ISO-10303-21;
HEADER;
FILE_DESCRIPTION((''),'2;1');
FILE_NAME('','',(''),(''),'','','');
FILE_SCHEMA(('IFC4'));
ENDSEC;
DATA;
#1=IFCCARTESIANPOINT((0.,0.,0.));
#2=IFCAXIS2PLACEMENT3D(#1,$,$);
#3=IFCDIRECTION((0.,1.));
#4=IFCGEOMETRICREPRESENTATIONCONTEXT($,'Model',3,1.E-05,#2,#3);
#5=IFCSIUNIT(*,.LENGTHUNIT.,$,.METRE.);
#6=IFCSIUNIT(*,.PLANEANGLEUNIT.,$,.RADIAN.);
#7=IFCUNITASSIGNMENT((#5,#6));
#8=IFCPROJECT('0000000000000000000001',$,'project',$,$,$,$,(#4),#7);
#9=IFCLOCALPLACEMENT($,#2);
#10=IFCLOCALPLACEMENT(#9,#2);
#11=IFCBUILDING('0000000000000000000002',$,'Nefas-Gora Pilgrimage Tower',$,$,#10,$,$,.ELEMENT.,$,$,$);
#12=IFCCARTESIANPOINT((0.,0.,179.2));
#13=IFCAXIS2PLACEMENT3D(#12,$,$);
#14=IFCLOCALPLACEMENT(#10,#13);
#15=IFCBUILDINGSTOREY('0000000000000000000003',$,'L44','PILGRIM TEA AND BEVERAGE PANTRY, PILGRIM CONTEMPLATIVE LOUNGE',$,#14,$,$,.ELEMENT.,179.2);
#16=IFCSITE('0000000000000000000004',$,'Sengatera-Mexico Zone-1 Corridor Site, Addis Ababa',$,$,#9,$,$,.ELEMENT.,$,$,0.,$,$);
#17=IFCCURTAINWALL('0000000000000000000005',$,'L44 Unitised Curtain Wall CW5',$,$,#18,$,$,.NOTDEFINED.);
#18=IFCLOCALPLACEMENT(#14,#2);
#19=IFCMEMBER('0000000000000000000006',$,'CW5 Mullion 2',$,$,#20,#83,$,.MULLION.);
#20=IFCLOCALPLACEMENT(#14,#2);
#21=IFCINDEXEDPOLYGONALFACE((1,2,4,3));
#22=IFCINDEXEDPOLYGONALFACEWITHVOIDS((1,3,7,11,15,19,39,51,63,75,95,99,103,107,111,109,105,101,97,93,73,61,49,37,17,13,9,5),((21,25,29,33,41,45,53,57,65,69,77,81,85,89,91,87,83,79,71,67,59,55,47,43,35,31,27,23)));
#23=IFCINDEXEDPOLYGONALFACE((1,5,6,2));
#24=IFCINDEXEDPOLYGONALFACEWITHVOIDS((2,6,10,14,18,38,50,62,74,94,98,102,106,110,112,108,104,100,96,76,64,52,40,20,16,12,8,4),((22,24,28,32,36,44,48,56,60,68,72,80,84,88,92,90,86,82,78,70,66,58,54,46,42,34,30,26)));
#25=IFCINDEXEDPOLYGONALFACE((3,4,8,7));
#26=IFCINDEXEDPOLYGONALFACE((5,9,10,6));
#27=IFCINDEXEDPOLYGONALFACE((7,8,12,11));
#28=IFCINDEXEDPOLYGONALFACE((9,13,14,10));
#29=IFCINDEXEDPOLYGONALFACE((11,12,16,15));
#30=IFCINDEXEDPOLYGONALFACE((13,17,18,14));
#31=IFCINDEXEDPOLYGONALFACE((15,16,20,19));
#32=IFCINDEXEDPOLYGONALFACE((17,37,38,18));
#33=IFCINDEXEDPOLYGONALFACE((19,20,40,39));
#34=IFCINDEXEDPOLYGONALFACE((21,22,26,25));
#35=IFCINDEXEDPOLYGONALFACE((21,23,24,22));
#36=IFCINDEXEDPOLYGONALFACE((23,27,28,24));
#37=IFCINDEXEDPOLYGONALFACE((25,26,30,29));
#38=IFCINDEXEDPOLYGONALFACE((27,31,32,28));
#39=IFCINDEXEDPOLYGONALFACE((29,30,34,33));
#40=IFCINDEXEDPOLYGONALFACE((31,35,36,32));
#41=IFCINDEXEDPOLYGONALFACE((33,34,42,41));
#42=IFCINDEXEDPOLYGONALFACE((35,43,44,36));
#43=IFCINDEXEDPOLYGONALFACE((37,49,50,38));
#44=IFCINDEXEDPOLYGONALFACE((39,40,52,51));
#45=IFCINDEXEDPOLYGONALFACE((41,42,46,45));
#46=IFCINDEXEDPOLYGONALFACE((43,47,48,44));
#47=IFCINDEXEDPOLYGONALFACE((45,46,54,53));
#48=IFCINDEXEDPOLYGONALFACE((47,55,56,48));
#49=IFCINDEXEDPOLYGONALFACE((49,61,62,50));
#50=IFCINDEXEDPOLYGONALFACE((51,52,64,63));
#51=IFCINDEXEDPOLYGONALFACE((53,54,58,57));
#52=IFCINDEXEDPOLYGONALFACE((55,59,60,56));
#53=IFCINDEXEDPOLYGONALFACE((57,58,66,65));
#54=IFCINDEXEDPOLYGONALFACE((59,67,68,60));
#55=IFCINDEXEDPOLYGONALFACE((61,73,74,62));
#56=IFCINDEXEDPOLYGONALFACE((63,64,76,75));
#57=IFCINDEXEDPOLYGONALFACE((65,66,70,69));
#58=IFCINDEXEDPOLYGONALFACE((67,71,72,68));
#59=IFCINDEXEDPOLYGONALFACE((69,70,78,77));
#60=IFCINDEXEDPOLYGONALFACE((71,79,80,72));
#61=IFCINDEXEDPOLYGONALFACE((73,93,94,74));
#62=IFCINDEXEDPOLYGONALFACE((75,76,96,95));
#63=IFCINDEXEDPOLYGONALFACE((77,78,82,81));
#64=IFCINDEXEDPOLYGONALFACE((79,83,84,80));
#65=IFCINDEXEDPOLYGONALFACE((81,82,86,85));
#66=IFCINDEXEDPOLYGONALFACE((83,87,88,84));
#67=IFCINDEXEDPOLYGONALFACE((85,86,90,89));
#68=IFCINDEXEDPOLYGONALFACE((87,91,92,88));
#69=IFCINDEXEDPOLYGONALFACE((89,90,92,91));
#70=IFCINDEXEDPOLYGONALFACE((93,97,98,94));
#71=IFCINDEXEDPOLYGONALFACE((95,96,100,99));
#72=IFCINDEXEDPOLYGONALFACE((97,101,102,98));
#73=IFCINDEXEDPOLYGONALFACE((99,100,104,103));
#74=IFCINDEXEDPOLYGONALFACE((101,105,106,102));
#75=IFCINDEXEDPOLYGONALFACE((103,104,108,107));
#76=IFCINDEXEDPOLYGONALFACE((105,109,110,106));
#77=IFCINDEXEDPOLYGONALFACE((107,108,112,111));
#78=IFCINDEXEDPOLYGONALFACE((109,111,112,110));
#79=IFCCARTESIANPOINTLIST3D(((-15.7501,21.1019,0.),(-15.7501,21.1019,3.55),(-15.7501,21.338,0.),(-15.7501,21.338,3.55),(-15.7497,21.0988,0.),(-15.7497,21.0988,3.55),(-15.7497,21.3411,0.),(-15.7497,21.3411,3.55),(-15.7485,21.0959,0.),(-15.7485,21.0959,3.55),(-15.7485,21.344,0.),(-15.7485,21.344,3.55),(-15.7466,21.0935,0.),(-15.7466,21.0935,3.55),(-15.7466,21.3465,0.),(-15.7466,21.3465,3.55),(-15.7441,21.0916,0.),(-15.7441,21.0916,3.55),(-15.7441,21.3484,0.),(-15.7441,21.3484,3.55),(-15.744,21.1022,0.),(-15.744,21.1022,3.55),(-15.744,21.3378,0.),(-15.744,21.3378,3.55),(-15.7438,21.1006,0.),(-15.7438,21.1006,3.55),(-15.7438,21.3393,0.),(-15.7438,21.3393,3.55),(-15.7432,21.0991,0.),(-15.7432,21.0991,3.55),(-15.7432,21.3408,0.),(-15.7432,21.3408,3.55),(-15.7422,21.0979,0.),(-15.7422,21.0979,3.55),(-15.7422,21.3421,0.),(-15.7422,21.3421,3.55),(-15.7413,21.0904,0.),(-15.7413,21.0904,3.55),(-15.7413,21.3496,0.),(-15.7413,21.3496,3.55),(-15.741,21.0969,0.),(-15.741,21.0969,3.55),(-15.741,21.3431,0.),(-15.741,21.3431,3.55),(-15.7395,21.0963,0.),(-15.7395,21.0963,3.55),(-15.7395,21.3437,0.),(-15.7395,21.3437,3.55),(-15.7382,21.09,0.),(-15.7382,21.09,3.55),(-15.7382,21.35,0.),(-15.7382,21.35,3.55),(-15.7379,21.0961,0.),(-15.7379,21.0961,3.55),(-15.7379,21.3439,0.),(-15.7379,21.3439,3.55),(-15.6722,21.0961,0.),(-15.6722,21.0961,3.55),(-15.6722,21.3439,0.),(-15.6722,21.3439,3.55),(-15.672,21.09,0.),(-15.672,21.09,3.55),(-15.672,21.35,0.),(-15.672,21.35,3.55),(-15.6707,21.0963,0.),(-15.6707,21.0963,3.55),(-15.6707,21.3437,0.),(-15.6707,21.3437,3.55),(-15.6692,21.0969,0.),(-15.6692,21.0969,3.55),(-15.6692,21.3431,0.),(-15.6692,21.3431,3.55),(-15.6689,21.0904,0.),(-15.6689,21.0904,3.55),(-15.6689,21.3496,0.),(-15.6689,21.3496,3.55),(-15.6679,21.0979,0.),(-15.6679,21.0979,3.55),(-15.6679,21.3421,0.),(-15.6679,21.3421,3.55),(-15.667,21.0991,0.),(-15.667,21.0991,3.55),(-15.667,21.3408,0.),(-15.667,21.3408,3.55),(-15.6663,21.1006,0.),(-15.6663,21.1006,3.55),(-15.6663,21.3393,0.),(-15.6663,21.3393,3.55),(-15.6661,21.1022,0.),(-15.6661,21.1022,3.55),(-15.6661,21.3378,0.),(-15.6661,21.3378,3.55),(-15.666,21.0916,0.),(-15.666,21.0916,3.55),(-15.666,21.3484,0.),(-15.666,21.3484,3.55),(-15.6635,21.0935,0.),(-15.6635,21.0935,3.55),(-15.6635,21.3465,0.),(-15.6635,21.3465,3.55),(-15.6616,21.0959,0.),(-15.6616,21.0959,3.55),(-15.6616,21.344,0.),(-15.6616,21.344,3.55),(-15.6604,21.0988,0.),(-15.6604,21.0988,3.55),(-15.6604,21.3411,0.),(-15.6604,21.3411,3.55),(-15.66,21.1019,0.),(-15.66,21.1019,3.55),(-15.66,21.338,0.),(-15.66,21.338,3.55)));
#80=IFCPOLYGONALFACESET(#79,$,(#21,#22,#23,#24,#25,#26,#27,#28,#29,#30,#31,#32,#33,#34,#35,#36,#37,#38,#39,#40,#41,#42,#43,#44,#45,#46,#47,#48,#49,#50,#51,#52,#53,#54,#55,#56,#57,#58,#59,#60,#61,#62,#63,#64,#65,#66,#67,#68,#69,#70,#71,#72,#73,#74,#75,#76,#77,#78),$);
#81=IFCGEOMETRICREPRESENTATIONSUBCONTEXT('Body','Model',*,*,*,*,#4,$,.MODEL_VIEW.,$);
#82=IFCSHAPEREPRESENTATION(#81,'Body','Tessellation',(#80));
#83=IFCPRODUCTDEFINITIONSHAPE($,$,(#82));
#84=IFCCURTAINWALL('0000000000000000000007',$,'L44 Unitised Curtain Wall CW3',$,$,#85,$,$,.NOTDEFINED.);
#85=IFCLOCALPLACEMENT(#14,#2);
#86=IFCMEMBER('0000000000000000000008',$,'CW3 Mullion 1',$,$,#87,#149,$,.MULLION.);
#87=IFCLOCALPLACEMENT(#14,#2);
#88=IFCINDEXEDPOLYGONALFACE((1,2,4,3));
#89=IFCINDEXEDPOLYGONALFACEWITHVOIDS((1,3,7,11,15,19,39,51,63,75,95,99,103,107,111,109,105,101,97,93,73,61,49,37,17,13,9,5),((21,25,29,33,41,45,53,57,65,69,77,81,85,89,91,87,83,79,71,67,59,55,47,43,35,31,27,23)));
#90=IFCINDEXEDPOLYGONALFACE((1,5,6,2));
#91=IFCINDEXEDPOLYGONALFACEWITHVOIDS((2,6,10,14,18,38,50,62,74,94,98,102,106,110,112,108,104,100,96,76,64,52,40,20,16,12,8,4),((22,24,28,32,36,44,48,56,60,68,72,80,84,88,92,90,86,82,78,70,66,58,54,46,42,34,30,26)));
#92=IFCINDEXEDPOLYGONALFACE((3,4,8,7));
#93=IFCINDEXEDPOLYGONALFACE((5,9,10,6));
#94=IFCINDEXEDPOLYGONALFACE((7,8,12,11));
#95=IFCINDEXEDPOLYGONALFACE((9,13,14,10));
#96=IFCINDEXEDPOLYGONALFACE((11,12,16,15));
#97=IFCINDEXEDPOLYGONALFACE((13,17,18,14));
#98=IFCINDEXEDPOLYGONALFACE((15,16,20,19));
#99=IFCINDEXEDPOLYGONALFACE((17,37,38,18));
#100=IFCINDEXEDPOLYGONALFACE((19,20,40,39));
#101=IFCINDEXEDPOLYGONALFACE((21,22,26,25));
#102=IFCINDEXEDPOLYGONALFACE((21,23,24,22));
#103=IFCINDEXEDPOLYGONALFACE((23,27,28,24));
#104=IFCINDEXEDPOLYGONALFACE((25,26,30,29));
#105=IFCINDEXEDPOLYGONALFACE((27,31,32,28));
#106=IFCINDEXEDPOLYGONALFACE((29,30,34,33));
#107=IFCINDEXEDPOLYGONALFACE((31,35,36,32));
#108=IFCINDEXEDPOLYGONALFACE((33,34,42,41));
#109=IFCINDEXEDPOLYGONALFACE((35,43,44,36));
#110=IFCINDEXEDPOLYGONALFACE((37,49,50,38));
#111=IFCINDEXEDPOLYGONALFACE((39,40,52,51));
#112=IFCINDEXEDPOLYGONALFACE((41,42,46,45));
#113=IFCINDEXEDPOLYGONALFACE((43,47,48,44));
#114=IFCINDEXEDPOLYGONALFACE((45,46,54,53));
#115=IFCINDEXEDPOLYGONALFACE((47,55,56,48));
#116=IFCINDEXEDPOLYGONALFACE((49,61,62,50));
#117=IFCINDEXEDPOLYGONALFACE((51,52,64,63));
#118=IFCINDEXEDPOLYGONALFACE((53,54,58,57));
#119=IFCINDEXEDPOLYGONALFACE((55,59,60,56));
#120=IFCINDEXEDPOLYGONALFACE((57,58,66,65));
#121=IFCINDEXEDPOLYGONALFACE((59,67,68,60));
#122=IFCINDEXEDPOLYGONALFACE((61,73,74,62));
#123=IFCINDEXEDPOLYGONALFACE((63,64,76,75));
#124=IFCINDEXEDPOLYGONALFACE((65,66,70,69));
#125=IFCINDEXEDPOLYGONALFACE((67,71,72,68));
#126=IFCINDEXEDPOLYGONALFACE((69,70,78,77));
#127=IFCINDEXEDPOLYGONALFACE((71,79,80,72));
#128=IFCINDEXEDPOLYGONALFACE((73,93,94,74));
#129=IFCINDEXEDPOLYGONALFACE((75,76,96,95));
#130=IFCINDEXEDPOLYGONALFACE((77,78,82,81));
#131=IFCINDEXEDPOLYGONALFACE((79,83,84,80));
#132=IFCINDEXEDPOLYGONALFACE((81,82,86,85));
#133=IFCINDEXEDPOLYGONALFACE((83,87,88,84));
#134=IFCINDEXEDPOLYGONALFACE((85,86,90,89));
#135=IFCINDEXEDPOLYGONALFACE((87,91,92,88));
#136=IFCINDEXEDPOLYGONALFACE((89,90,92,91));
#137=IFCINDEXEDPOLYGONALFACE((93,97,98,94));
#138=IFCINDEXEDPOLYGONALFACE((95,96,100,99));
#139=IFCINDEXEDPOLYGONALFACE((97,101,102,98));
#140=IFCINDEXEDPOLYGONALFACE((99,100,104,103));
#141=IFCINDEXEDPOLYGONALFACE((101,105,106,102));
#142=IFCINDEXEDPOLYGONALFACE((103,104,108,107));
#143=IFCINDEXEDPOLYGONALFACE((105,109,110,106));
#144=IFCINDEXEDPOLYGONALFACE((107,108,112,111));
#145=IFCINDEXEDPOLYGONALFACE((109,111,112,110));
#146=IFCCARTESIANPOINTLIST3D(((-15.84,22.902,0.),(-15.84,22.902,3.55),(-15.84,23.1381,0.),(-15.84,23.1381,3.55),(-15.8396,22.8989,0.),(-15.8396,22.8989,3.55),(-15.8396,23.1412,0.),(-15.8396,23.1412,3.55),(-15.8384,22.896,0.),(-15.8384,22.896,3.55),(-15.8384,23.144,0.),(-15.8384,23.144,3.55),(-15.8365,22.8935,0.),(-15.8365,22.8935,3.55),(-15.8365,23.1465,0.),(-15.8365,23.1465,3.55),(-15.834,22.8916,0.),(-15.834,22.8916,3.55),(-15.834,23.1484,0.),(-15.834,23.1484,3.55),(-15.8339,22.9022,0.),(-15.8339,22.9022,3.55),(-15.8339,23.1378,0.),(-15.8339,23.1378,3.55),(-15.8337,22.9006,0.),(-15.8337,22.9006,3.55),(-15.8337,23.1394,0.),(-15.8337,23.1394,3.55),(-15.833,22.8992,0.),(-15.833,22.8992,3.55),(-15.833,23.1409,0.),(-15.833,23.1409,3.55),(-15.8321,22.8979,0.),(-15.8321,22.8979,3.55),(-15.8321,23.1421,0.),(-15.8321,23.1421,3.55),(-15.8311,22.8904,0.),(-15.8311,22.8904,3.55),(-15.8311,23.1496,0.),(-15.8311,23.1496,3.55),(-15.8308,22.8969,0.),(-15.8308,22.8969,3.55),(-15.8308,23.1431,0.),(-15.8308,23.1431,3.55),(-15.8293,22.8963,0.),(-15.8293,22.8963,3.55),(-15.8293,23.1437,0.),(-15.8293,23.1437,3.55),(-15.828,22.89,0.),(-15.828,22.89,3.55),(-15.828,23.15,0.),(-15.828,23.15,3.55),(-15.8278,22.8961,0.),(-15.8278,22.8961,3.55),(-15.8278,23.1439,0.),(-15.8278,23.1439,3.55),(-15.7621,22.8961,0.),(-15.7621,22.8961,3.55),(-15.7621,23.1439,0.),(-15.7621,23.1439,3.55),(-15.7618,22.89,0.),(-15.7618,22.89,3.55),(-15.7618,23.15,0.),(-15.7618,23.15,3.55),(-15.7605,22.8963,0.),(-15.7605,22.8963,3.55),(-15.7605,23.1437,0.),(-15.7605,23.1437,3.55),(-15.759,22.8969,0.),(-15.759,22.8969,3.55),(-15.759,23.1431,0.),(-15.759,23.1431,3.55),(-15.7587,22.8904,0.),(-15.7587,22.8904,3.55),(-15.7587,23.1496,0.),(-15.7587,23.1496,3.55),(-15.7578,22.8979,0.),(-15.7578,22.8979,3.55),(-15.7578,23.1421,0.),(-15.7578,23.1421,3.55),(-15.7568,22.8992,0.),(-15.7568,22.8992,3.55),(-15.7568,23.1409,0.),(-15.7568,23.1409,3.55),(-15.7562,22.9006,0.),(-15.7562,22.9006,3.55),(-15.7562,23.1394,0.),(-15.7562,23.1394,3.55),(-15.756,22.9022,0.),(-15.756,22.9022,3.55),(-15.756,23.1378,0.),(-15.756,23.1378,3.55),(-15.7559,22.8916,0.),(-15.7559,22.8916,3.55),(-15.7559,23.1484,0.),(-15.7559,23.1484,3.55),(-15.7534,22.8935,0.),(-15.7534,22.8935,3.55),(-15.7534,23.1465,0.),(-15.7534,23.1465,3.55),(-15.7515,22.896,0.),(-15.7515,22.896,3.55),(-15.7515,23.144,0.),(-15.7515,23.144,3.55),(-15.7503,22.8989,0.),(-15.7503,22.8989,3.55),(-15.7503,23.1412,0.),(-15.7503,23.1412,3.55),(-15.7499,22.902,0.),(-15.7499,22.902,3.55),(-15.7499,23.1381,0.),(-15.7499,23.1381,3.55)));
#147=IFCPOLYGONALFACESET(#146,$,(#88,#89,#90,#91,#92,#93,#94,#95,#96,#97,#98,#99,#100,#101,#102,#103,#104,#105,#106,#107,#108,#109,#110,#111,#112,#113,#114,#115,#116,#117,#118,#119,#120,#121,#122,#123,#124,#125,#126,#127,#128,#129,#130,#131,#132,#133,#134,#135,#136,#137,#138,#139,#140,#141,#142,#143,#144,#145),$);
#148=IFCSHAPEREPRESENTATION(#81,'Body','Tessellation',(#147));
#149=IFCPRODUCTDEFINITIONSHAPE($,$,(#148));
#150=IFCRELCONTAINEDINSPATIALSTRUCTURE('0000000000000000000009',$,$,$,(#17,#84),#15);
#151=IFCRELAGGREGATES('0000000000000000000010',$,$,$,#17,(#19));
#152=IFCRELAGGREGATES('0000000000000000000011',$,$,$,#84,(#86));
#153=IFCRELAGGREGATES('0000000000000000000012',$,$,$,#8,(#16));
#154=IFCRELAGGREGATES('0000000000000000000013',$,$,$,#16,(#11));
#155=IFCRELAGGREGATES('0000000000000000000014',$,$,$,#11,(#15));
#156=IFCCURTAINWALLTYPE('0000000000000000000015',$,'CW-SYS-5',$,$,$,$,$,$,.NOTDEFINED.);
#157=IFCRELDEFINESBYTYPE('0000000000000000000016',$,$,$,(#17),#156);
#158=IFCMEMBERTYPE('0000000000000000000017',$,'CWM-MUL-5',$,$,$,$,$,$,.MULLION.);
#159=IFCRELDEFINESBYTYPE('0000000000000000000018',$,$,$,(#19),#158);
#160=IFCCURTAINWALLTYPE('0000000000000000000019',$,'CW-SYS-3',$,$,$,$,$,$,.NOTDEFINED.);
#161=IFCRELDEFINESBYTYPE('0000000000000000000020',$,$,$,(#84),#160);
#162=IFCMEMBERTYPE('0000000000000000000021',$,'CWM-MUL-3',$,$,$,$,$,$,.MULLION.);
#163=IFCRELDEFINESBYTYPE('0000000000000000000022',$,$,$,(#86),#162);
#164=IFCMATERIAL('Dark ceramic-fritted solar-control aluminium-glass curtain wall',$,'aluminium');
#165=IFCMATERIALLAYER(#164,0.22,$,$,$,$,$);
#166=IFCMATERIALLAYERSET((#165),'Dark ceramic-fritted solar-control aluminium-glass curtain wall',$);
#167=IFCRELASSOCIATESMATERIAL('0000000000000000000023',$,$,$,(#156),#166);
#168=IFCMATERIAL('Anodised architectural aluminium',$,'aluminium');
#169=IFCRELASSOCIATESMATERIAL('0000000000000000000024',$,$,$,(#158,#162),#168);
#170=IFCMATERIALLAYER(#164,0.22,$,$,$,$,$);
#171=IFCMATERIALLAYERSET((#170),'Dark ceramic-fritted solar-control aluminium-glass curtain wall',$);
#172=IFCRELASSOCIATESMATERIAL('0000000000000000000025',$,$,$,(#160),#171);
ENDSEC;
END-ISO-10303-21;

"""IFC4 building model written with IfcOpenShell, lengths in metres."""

from ifc_helpers import new_model, si_unit, direction, frame, origin, origin_2d, place, context, subcontext, project, spatial, hollow_rectangle, extrude, source, transform, mapped, material, layer, layer_set, material_profile, profile_set, type_object, element, aggregate, save


model = new_model("IFC4")

# Units and contexts
model_context = context("Model", 3, precision=1e-05, world=origin(), true_north=direction((0.0, 1.0)))
body_context = subcontext(model_context, "Body", "Model", "MODEL_VIEW")
ifc_project = project(units=[si_unit("LENGTHUNIT", "METRE"), si_unit("PLANEANGLEUNIT", "RADIAN")], contexts=[model_context])

# Site, building, storey
site_placement = place(None, origin())
site = spatial("IfcSite", under=ifc_project, at=site_placement, Name="Sengatera-Mexico Zone-1 Corridor Site, Addis Ababa", CompositionType="ELEMENT", RefElevation=0.0)
building_placement = place(site_placement, origin())
building = spatial("IfcBuilding", under=site, at=building_placement, Name="Nefas-Gora Pilgrimage Tower", CompositionType="ELEMENT")
storey_placement = place(building_placement, frame((0.0, 0.0, 179.2)))
storey = spatial("IfcBuildingStorey", under=building, at=storey_placement, Name="L44", Description="PILGRIM TEA AND BEVERAGE PANTRY, PILGRIM CONTEMPLATIVE LOUNGE", CompositionType="ELEMENT", Elevation=179.2)

# Curtain wall, member
ifc_material_1 = material(Name="Dark ceramic-fritted solar-control aluminium-glass curtain wall", Category="aluminium")
ifc_layer_1 = layer(ifc_material_1, 0.22)
ifc_layer_set_1 = layer_set([ifc_layer_1], Name="Dark ceramic-fritted solar-control aluminium-glass curtain wall")
curtain_wall_type_1 = type_object("IfcCurtainWallType", Name="CW-SYS-5", PredefinedType="NOTDEFINED", material=ifc_layer_set_1)
curtain_wall_1_placement = place(storey_placement, origin())
curtain_wall_1 = element("IfcCurtainWall", 1, at=curtain_wall_1_placement, inside=storey, type_object=curtain_wall_type_1, Name="L44 Unitised Curtain Wall CW5", PredefinedType="NOTDEFINED")
ifc_material_2 = material(Name="Anodised architectural aluminium", Category="aluminium")
ifc_material_profile_1 = material_profile(ifc_material_2, hollow_rectangle(XDim=0.0901, YDim=0.26, WallThickness=0.0061, InnerFilletRadius=0.0061, OuterFilletRadius=0.012, at=origin_2d()), Name="ALU MULLION 90x260")
ifc_profile_set_1 = profile_set([ifc_material_profile_1], Name="Anodised architectural aluminium")
member_type_1 = type_object("IfcMemberType", Name="CWM-MUL-5", PredefinedType="MULLION", material=ifc_profile_set_1)
shared_shape_1 = source(origin(), body_context, "Body", "SweptSolid", [
    extrude(hollow_rectangle(XDim=0.0901, YDim=0.26, WallThickness=0.0061, InnerFilletRadius=0.0061, OuterFilletRadius=0.012, at=origin_2d()), origin(), (0.0, 0.0, 1.0), 3.55),
])
member_1_placement = place(storey_placement, frame((-15.7051, 21.22, 0.0), z_axis=(0.0, 0.0, 1.0), x_axis=(-1.0, 0.0, 0.0)))
member_1 = element("IfcMember", 2, at=member_1_placement, type_object=member_type_1, Name="CW5 Mullion 2", PredefinedType="MULLION", context=body_context, shape_type="MappedRepresentation", body=[
    mapped(shared_shape_1, transform((0.0, 0.0, 0.0), x_axis=(1.0, 0.0, 0.0), y_axis=(0.0, 1.0, 0.0), z_axis=(0.0, 0.0, 1.0), scale=1.0)),
])

# Curtain wall, member
ifc_layer_2 = layer(ifc_material_1, 0.22)
ifc_layer_set_2 = layer_set([ifc_layer_2], Name="Dark ceramic-fritted solar-control aluminium-glass curtain wall")
curtain_wall_type_2 = type_object("IfcCurtainWallType", Name="CW-SYS-3", PredefinedType="NOTDEFINED", material=ifc_layer_set_2)
curtain_wall_2_placement = place(storey_placement, origin())
curtain_wall_2 = element("IfcCurtainWall", 3, at=curtain_wall_2_placement, inside=storey, type_object=curtain_wall_type_2, Name="L44 Unitised Curtain Wall CW3", PredefinedType="NOTDEFINED")
ifc_material_profile_2 = material_profile(ifc_material_2, hollow_rectangle(XDim=0.0901, YDim=0.26, WallThickness=0.0061, InnerFilletRadius=0.0061, OuterFilletRadius=0.012, at=origin_2d()), Name="ALU MULLION 90x260")
ifc_profile_set_2 = profile_set([ifc_material_profile_2], Name="Anodised architectural aluminium")
member_type_2 = type_object("IfcMemberType", Name="CWM-MUL-3", PredefinedType="MULLION", material=ifc_profile_set_2)
shared_shape_2 = source(origin(), body_context, "Body", "SweptSolid", [
    extrude(hollow_rectangle(XDim=0.0901, YDim=0.26, WallThickness=0.0061, InnerFilletRadius=0.0061, OuterFilletRadius=0.012, at=origin_2d()), origin(), (0.0, 0.0, 1.0), 3.55),
])
member_2_placement = place(storey_placement, frame((-15.7949, 23.02, 0.0), z_axis=(0.0, 0.0, 1.0), x_axis=(-1.0, 0.0, 0.0)))
member_2 = element("IfcMember", 4, at=member_2_placement, type_object=member_type_2, Name="CW3 Mullion 1", PredefinedType="MULLION", context=body_context, shape_type="MappedRepresentation", body=[
    mapped(shared_shape_2, transform((0.0, 0.0, 0.0), x_axis=(1.0, 0.0, 0.0), y_axis=(0.0, 1.0, 0.0), z_axis=(0.0, 0.0, 1.0), scale=1.0)),
])

aggregate(curtain_wall_1, [member_1])
aggregate(curtain_wall_2, [member_2])

save(model, "model.ifc")
